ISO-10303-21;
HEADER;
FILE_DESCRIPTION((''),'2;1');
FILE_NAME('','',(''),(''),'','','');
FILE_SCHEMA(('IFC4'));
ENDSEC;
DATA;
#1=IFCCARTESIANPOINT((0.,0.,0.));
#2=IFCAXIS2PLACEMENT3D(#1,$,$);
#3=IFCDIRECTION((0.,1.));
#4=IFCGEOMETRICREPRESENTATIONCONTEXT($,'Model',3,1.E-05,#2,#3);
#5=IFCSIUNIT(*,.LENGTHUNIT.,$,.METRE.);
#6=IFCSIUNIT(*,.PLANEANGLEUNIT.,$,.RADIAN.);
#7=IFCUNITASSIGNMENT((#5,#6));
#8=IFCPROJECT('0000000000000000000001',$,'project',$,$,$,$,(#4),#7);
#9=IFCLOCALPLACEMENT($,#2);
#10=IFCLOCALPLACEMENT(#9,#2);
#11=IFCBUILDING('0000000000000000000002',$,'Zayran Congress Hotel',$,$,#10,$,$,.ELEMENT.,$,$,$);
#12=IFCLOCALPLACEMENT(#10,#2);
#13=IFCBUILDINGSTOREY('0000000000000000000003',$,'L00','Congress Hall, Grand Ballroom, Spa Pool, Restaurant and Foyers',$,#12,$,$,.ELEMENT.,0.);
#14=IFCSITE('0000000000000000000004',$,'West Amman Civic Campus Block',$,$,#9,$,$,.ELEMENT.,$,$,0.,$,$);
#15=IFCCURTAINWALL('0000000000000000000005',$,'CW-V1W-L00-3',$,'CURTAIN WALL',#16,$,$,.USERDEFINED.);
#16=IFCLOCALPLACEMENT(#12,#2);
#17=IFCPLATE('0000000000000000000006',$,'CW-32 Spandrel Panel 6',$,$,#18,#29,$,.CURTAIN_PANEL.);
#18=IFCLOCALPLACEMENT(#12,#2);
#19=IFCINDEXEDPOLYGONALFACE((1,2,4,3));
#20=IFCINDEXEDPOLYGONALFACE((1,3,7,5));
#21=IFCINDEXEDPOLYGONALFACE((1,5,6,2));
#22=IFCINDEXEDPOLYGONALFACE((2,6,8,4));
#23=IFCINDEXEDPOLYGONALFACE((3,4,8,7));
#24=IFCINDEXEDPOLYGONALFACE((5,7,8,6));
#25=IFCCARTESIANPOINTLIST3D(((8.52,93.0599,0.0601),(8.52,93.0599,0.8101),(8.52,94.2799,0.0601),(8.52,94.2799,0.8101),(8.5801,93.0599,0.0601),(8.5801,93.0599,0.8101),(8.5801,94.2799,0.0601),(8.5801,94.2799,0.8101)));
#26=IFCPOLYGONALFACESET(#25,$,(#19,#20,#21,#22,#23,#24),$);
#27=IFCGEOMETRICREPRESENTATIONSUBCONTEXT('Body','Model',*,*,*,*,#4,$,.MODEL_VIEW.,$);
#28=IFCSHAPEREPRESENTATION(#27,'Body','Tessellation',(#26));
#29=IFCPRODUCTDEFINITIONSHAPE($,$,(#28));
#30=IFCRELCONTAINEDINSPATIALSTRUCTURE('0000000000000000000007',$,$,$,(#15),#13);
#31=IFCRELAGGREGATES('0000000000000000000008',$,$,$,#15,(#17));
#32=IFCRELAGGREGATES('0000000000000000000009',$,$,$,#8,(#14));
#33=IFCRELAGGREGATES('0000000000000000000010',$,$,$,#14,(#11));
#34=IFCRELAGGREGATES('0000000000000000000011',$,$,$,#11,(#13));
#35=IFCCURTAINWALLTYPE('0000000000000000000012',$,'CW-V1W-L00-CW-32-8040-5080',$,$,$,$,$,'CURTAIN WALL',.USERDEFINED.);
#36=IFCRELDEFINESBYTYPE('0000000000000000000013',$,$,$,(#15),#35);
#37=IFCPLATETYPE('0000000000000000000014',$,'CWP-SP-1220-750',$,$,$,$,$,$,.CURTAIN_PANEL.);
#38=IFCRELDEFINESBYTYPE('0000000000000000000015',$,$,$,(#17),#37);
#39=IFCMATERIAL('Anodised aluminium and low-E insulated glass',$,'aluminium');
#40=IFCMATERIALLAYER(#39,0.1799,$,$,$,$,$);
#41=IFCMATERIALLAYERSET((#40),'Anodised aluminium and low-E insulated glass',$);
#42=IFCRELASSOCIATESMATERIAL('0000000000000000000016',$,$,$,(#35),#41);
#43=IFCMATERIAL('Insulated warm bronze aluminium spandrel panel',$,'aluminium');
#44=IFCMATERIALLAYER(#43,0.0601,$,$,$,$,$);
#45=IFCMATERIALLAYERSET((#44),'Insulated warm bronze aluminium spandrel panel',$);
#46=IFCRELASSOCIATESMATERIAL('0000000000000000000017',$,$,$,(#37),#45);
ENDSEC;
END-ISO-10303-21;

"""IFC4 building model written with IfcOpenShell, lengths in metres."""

from ifc_helpers import new_model, si_unit, direction, frame, origin, origin_2d, place, context, subcontext, project, spatial, rectangle, extrude, material, layer, layer_set, type_object, element, aggregate, save


model = new_model("IFC4")

# Units and contexts
model_context = context("Model", 3, precision=1e-05, world=origin(), true_north=direction((0.0, 1.0)))
body_context = subcontext(model_context, "Body", "Model", "MODEL_VIEW")
ifc_project = project(units=[si_unit("LENGTHUNIT", "METRE"), si_unit("PLANEANGLEUNIT", "RADIAN")], contexts=[model_context])

# Site, building, storey
site_placement = place(None, origin())
site = spatial("IfcSite", under=ifc_project, at=site_placement, Name="West Amman Civic Campus Block", CompositionType="ELEMENT", RefElevation=0.0)
building_placement = place(site_placement, origin())
building = spatial("IfcBuilding", under=site, at=building_placement, Name="Zayran Congress Hotel", CompositionType="ELEMENT")
storey_placement = place(building_placement, origin())
storey = spatial("IfcBuildingStorey", under=building, at=storey_placement, Name="L00", Description="Congress Hall, Grand Ballroom, Spa Pool, Restaurant and Foyers", CompositionType="ELEMENT", Elevation=0.0)

# Shared definitions
ifc_material_1 = material(Name="Anodised aluminium and low-E insulated glass", Category="aluminium")

# Curtain wall
ifc_layer_1 = layer(ifc_material_1, 0.1799)
ifc_layer_set_1 = layer_set([ifc_layer_1], Name="Anodised aluminium and low-E insulated glass")
curtain_wall_type_1 = type_object("IfcCurtainWallType", Name="CW-V1W-L00-CW-32-8040-5080", ElementType="CURTAIN WALL", PredefinedType="USERDEFINED", material=ifc_layer_set_1)
curtain_wall_1_placement = place(storey_placement, origin())
curtain_wall_1 = element("IfcCurtainWall", 1, at=curtain_wall_1_placement, inside=storey, type_object=curtain_wall_type_1, Name="CW-V1W-L00-3", ObjectType="CURTAIN WALL", PredefinedType="USERDEFINED")

# Plate
ifc_material_2 = material(Name="Insulated warm bronze aluminium spandrel panel", Category="aluminium")
ifc_layer_2 = layer(ifc_material_2, 0.0601)
ifc_layer_set_2 = layer_set([ifc_layer_2], Name="Insulated warm bronze aluminium spandrel panel")
plate_type_1 = type_object("IfcPlateType", Name="CWP-SP-1220-750", PredefinedType="CURTAIN_PANEL", material=ifc_layer_set_2)
plate_1_placement = place(storey_placement, frame((8.55, 93.6699, 0.0601), z_axis=(0.0, 0.0, 1.0), x_axis=(0.0, 1.0, 0.0)))
plate_1 = element("IfcPlate", 2, at=plate_1_placement, type_object=plate_type_1, Name="CW-32 Spandrel Panel 6", PredefinedType="CURTAIN_PANEL", context=body_context, shape_type="SweptSolid", body=[
    extrude(rectangle(XDim=1.22, YDim=0.0601, at=origin_2d()), origin(), (0.0, 0.0, 1.0), 0.75),
])
aggregate(curtain_wall_1, [plate_1])

save(model, "model.ifc")
